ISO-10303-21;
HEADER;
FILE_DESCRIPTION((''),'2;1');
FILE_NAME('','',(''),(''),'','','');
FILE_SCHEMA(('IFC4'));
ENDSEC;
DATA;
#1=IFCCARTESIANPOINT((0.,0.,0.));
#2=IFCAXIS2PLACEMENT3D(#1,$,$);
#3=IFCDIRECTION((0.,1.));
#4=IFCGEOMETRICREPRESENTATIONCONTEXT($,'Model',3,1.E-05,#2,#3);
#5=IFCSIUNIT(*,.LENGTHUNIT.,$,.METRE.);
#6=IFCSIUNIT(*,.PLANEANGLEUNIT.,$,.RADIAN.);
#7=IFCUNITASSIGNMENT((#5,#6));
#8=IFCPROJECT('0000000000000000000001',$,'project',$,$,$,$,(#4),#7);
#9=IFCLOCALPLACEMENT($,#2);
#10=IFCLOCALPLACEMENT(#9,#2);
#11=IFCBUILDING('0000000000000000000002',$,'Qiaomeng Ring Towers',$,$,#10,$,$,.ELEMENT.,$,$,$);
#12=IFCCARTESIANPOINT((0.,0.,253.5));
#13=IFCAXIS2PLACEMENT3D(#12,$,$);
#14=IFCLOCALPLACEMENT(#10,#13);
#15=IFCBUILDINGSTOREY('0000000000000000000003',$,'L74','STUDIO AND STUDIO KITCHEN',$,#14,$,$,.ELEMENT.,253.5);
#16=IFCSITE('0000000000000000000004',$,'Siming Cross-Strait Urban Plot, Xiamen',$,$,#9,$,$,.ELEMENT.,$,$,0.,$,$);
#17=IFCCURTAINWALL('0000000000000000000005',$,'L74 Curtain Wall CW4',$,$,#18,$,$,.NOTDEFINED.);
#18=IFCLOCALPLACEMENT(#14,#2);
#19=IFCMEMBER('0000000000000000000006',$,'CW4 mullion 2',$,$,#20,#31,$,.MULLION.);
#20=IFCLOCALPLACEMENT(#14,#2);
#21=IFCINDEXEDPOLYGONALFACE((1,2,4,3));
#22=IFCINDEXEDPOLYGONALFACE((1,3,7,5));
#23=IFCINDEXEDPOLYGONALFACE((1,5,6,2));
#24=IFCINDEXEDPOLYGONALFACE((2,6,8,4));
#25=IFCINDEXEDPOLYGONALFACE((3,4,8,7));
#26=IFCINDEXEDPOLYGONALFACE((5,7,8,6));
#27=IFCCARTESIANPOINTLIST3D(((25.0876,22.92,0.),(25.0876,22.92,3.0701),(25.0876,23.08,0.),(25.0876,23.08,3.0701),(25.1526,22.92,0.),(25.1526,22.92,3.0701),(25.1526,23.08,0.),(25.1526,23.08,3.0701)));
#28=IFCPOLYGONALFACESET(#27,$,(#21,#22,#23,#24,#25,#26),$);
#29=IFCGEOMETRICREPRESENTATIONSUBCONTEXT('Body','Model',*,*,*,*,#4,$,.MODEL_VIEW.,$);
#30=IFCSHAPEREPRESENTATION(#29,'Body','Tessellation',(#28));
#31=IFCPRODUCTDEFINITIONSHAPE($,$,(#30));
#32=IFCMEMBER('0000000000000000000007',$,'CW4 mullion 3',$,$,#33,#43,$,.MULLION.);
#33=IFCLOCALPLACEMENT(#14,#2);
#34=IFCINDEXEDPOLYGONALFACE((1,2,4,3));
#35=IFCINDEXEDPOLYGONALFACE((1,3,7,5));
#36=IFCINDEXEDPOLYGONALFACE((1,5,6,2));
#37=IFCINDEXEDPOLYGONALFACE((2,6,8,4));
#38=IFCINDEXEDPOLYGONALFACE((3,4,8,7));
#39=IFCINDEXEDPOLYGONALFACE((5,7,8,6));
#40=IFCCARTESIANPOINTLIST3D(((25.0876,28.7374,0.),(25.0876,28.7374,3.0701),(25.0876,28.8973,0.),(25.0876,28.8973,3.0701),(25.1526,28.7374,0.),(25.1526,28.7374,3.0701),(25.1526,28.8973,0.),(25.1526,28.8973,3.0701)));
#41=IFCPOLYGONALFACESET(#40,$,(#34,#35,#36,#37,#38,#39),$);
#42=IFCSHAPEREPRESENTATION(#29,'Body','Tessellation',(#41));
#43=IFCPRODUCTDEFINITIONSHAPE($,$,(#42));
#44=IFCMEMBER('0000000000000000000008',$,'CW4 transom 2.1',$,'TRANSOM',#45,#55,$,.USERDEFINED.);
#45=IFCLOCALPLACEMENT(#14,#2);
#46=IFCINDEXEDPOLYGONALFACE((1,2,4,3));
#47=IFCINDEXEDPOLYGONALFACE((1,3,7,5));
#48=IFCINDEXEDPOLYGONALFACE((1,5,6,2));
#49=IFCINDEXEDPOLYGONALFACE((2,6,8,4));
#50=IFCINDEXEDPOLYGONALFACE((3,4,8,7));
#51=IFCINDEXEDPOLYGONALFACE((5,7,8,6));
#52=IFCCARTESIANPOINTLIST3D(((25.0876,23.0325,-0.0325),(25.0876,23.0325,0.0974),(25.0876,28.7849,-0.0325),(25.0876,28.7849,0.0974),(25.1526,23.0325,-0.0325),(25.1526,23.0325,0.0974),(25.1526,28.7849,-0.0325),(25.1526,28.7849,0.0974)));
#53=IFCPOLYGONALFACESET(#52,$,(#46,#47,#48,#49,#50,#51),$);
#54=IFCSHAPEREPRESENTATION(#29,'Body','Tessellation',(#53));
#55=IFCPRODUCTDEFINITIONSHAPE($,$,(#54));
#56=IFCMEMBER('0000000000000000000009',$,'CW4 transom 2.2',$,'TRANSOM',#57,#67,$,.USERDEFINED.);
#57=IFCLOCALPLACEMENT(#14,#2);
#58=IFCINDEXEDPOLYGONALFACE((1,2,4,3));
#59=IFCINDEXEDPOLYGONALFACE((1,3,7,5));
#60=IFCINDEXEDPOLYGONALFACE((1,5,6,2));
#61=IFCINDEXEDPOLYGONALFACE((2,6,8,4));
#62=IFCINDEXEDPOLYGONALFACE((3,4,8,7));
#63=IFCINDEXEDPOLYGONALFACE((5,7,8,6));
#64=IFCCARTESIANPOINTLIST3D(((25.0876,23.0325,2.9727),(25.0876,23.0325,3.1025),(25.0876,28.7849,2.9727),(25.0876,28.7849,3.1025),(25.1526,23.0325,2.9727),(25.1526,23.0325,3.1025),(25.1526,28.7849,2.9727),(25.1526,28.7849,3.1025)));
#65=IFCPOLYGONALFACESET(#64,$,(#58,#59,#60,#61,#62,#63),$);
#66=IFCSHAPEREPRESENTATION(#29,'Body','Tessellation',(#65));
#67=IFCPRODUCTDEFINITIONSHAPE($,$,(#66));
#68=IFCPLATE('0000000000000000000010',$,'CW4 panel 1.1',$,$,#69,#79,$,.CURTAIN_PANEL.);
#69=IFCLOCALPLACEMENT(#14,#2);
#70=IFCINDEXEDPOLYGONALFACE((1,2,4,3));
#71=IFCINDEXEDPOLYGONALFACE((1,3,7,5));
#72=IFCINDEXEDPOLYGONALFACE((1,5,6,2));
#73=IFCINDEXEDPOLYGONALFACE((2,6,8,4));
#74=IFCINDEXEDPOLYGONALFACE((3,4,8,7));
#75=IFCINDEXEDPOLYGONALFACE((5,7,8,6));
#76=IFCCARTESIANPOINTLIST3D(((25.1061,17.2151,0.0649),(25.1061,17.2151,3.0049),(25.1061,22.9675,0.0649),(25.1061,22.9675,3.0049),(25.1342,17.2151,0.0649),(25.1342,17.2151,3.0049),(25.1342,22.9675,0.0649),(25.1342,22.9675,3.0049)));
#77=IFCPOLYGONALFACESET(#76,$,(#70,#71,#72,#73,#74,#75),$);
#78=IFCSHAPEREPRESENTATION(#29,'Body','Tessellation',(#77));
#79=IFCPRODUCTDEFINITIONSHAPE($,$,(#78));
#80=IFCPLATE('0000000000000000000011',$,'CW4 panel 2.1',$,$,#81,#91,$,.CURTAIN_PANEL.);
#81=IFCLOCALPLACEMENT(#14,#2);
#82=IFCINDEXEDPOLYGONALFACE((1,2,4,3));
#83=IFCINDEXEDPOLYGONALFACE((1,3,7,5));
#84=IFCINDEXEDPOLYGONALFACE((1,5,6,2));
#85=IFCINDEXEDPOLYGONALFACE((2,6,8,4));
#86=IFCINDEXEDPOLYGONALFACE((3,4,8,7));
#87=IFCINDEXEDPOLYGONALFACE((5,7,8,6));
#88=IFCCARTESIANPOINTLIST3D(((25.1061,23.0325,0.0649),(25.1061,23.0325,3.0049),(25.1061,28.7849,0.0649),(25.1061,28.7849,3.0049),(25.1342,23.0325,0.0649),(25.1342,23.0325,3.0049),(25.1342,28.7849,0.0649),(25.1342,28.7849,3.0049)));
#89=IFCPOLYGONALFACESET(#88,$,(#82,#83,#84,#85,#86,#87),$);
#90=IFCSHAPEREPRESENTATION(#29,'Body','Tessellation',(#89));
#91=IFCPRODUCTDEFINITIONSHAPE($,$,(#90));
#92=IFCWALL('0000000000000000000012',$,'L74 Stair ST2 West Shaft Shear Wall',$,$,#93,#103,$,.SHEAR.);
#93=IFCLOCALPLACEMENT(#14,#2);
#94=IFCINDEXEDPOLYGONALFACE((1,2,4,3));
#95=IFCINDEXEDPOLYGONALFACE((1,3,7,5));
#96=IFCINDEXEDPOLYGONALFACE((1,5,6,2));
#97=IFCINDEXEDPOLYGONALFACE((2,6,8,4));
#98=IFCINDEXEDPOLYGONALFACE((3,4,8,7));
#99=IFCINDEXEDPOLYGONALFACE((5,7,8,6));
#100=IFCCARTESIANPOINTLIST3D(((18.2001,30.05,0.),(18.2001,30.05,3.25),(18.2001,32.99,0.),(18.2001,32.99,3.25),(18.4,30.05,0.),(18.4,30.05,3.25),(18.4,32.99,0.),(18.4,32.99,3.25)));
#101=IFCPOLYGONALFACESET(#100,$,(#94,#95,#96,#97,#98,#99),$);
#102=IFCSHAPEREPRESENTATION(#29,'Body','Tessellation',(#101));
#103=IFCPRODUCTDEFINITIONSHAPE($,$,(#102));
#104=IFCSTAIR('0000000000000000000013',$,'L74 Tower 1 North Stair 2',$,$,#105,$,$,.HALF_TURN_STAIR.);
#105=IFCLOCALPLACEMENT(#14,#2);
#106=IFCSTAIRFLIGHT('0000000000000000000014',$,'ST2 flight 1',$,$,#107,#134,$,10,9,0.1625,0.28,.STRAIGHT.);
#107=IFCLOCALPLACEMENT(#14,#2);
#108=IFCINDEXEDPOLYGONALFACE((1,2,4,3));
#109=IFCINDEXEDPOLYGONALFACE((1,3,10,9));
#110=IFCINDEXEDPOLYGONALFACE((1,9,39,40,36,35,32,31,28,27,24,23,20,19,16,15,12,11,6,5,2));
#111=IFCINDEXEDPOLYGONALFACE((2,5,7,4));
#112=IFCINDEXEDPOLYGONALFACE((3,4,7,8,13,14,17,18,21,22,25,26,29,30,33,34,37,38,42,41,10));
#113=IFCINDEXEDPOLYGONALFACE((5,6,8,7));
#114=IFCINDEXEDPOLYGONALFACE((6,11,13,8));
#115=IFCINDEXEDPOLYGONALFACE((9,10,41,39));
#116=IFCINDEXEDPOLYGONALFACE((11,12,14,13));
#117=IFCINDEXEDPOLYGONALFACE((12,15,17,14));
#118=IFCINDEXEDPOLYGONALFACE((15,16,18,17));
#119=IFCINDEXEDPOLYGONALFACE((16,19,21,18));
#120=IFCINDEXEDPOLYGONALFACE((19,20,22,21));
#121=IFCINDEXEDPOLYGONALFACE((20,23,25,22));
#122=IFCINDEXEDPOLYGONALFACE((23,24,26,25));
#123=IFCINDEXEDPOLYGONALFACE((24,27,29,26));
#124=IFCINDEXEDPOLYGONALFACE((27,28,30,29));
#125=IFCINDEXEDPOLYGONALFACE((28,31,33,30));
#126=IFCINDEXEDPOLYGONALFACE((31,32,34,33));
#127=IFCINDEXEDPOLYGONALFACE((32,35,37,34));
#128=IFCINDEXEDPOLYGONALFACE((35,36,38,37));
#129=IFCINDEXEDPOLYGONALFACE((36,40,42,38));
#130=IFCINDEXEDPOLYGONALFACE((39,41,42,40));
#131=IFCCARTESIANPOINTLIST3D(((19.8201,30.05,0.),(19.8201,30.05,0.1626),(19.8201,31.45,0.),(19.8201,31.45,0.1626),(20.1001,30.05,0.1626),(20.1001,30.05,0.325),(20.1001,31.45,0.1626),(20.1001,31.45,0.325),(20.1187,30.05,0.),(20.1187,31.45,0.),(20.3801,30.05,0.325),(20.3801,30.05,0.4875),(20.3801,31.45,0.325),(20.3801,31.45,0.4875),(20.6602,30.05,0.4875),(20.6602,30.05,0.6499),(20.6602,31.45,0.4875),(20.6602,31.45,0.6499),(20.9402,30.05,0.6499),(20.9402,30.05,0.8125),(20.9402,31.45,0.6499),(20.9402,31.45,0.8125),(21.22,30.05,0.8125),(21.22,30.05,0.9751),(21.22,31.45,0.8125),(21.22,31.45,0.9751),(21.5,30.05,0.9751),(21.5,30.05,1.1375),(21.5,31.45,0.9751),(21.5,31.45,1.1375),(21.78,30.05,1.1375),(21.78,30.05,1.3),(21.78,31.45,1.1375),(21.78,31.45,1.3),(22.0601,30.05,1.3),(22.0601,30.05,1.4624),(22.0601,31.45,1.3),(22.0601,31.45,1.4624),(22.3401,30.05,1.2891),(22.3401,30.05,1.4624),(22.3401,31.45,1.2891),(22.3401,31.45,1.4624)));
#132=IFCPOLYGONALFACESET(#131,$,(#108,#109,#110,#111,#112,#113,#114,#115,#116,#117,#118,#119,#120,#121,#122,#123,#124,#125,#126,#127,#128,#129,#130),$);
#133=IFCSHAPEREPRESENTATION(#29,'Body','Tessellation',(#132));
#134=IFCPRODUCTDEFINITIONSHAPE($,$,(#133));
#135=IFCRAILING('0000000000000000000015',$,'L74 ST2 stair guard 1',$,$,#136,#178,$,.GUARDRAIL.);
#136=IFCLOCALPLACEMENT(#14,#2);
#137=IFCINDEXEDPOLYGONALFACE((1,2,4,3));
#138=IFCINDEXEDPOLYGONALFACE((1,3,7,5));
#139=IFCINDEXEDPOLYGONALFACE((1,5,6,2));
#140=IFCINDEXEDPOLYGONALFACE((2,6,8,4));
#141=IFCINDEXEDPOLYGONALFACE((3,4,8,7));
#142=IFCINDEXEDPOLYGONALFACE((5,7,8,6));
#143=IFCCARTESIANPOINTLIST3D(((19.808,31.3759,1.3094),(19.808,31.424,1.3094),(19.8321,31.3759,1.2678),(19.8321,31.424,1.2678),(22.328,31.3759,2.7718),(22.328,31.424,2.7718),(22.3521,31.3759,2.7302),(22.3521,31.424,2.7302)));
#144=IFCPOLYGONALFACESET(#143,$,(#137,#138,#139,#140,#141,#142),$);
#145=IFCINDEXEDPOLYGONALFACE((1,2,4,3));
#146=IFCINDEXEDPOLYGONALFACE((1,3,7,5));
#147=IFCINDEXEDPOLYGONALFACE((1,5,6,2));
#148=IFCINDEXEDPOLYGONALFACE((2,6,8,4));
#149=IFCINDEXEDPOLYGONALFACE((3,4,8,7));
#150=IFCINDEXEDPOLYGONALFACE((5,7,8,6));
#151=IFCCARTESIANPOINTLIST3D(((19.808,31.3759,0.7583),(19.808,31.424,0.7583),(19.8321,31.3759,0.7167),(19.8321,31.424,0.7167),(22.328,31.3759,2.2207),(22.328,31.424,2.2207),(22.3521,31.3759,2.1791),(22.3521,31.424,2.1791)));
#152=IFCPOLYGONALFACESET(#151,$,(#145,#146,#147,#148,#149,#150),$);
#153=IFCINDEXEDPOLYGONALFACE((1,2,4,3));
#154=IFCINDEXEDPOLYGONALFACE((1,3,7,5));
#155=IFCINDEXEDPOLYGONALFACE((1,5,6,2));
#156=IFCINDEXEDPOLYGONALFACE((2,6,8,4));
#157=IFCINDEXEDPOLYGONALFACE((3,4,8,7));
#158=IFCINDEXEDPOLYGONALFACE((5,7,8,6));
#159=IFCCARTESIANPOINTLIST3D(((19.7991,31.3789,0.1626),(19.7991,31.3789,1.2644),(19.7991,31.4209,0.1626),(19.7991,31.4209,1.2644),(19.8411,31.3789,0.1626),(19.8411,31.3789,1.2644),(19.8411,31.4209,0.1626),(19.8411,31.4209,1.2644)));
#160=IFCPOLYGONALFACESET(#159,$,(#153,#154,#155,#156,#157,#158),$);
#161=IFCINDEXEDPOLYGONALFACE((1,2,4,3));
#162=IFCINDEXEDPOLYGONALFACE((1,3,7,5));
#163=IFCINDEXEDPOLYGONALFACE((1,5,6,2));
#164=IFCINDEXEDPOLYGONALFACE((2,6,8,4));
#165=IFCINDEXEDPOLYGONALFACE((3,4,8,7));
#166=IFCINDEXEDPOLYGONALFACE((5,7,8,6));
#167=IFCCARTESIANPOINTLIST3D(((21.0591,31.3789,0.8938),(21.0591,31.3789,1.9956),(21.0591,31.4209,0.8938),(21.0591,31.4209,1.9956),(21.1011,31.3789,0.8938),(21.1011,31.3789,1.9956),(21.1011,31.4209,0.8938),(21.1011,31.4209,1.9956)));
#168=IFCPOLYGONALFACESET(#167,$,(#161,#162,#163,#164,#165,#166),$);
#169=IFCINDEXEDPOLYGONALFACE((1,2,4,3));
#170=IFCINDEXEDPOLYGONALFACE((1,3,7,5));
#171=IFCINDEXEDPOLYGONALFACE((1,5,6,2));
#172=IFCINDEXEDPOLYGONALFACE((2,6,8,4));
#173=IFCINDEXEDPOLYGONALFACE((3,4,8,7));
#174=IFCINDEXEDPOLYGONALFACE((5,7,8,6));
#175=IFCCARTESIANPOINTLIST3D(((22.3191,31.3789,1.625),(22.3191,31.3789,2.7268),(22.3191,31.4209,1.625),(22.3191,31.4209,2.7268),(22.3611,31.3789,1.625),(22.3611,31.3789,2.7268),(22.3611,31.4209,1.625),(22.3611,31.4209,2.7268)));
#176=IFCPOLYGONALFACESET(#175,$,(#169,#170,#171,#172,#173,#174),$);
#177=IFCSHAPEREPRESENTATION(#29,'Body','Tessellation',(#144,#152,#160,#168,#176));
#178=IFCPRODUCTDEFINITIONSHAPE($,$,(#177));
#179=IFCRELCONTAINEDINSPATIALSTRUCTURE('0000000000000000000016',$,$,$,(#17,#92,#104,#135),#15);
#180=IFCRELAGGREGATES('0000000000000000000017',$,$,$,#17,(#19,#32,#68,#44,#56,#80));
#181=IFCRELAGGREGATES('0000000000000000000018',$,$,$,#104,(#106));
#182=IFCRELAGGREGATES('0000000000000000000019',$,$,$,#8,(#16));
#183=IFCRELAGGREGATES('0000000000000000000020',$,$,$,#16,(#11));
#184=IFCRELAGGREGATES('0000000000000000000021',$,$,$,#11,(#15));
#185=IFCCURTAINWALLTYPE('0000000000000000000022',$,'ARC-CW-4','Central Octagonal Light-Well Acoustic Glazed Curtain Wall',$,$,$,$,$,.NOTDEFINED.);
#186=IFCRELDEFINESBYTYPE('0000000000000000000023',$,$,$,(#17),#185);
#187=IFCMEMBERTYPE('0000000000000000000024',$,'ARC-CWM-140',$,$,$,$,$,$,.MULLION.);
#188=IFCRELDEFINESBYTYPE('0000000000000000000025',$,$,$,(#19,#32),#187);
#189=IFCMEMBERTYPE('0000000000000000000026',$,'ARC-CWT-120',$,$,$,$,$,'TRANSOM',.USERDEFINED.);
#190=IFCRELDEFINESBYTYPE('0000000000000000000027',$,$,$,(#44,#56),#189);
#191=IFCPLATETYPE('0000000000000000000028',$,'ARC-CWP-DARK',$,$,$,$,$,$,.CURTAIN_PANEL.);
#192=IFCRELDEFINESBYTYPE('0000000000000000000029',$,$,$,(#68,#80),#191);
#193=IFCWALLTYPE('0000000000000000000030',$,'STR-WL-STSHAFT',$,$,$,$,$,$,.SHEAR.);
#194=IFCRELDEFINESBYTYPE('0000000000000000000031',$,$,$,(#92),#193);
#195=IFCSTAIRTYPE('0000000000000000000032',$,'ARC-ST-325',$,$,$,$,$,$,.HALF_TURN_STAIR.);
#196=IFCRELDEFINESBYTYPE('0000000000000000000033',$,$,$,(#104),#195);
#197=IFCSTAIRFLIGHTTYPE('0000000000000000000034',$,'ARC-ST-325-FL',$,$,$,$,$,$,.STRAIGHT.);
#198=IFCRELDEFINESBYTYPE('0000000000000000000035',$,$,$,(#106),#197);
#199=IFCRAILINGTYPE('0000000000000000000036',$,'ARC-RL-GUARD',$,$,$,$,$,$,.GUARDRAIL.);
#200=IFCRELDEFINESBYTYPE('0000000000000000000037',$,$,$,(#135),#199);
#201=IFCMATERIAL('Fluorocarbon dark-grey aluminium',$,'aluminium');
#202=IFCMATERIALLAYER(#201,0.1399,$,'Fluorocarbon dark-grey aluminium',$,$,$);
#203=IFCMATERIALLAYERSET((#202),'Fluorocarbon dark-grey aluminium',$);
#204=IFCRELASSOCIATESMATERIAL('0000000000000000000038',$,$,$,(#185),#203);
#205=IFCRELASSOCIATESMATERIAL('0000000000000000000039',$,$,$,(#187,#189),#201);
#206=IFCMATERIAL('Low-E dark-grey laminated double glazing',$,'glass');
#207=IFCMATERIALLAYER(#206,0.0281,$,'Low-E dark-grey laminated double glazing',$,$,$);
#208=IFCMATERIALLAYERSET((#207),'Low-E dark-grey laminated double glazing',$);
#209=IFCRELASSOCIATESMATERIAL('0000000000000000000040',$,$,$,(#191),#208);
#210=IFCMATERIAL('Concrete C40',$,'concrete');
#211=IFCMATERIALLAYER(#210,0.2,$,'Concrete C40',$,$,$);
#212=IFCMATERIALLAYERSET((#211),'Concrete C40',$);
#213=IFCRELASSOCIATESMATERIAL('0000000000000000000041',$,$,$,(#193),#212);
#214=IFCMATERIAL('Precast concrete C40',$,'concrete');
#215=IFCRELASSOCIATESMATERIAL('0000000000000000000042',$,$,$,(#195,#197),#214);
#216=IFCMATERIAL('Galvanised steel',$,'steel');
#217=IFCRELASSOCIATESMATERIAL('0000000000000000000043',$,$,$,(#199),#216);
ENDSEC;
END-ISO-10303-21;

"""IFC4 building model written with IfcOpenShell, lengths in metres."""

from ifc_helpers import new_model, si_unit, direction, frame, frame_2d, origin, origin_2d, place, context, subcontext, project, spatial, polyline, rectangle, outline, extrude, source, transform, mapped, material, layer, layer_set, material_profile, profile_set, type_object, element, aggregate, save


model = new_model("IFC4")

# Units and contexts
model_context = context("Model", 3, precision=1e-05, world=origin(), true_north=direction((0.0, 1.0)))
body_context = subcontext(model_context, "Body", "Model", "MODEL_VIEW")
ifc_project = project(units=[si_unit("LENGTHUNIT", "METRE"), si_unit("PLANEANGLEUNIT", "RADIAN")], contexts=[model_context])

# Site, building, storey
site_placement = place(None, origin())
site = spatial("IfcSite", under=ifc_project, at=site_placement, Name="Siming Cross-Strait Urban Plot, Xiamen", CompositionType="ELEMENT", RefElevation=0.0)
building_placement = place(site_placement, origin())
building = spatial("IfcBuilding", under=site, at=building_placement, Name="Qiaomeng Ring Towers", CompositionType="ELEMENT")
storey_placement = place(building_placement, frame((0.0, 0.0, 253.5)))
storey = spatial("IfcBuildingStorey", under=building, at=storey_placement, Name="L74", Description="STUDIO AND STUDIO KITCHEN", CompositionType="ELEMENT", Elevation=253.5)

# Curtain wall, members, plates
ifc_material_1 = material(Name="Fluorocarbon dark-grey aluminium", Category="aluminium")
ifc_layer_1 = layer(ifc_material_1, 0.1399, Name="Fluorocarbon dark-grey aluminium")
ifc_layer_set_1 = layer_set([ifc_layer_1], Name="Fluorocarbon dark-grey aluminium")
curtain_wall_type = type_object("IfcCurtainWallType", Name="ARC-CW-4", Description="Central Octagonal Light-Well Acoustic Glazed Curtain Wall", PredefinedType="NOTDEFINED", material=ifc_layer_set_1)
curtain_wall_placement = place(storey_placement, origin())
curtain_wall = element("IfcCurtainWall", 1, at=curtain_wall_placement, inside=storey, type_object=curtain_wall_type, Name="L74 Curtain Wall CW4", PredefinedType="NOTDEFINED")
ifc_material_profile_1 = material_profile(ifc_material_1, rectangle(XDim=0.0649, YDim=0.1599, at=origin_2d()), Name="ALU MULL 65x160")
ifc_profile_set_1 = profile_set([ifc_material_profile_1], Name="Fluorocarbon dark-grey aluminium")
member_type_1 = type_object("IfcMemberType", Name="ARC-CWM-140", PredefinedType="MULLION", material=ifc_profile_set_1)
shared_shape_1 = source(origin(), body_context, "Body", "SweptSolid", [
    extrude(rectangle(XDim=0.0649, YDim=0.1599, at=origin_2d()), origin(), (0.0, 0.0, 1.0), 3.0701),
])
member_1_placement = place(storey_placement, frame((25.1201, 23.0, 0.0), z_axis=(0.0, 0.0, 1.0), x_axis=(-1.0, 0.0, 0.0)))
member_1 = element("IfcMember", 2, at=member_1_placement, type_object=member_type_1, Name="CW4 mullion 2", PredefinedType="MULLION", context=body_context, shape_type="MappedRepresentation", body=[
    mapped(shared_shape_1, transform((0.0, 0.0, 0.0), x_axis=(1.0, 0.0, 0.0), y_axis=(0.0, 1.0, 0.0), z_axis=(0.0, 0.0, 1.0), scale=1.0)),
])
member_2_placement = place(storey_placement, frame((25.1201, 28.8174, 0.0), z_axis=(0.0, 0.0, 1.0), x_axis=(-1.0, 0.0, 0.0)))
member_2 = element("IfcMember", 3, at=member_2_placement, type_object=member_type_1, Name="CW4 mullion 3", PredefinedType="MULLION", context=body_context, shape_type="MappedRepresentation", body=[
    mapped(shared_shape_1, transform((0.0, 0.0, 0.0), x_axis=(1.0, 0.0, 0.0), y_axis=(0.0, 1.0, 0.0), z_axis=(0.0, 0.0, 1.0), scale=1.0)),
])
ifc_material_profile_2 = material_profile(ifc_material_1, rectangle(XDim=0.0649, YDim=0.1299, at=origin_2d()), Name="ALU TRAN 65x130")
ifc_profile_set_2 = profile_set([ifc_material_profile_2], Name="Fluorocarbon dark-grey aluminium")
member_type_2 = type_object("IfcMemberType", Name="ARC-CWT-120", ElementType="TRANSOM", PredefinedType="USERDEFINED", material=ifc_profile_set_2)
shared_shape_2 = source(origin(), body_context, "Body", "SweptSolid", [
    extrude(rectangle(XDim=0.0649, YDim=0.1299, at=origin_2d()), origin(), (0.0, 0.0, 1.0), 5.7524),
])
member_3_placement = place(storey_placement, frame((25.1201, 23.0325, 0.0325), z_axis=(0.0, 1.0, 0.0), x_axis=(-1.0, 0.0, 0.0)))
member_3 = element("IfcMember", 4, at=member_3_placement, type_object=member_type_2, Name="CW4 transom 2.1", ObjectType="TRANSOM", PredefinedType="USERDEFINED", context=body_context, shape_type="MappedRepresentation", body=[
    mapped(shared_shape_2, transform((0.0, 0.0, 0.0), x_axis=(1.0, 0.0, 0.0), y_axis=(0.0, 1.0, 0.0), z_axis=(0.0, 0.0, 1.0), scale=1.0)),
])
member_4_placement = place(storey_placement, frame((25.1201, 23.0325, 3.0376), z_axis=(0.0, 1.0, 0.0), x_axis=(-1.0, 0.0, 0.0)))
member_4 = element("IfcMember", 5, at=member_4_placement, type_object=member_type_2, Name="CW4 transom 2.2", ObjectType="TRANSOM", PredefinedType="USERDEFINED", context=body_context, shape_type="MappedRepresentation", body=[
    mapped(shared_shape_2, transform((0.0, 0.0, 0.0), x_axis=(1.0, 0.0, 0.0), y_axis=(0.0, 1.0, 0.0), z_axis=(0.0, 0.0, 1.0), scale=1.0)),
])
ifc_material_2 = material(Name="Low-E dark-grey laminated double glazing", Category="glass")
ifc_layer_2 = layer(ifc_material_2, 0.0281, Name="Low-E dark-grey laminated double glazing")
ifc_layer_set_2 = layer_set([ifc_layer_2], Name="Low-E dark-grey laminated double glazing")
plate_type = type_object("IfcPlateType", Name="ARC-CWP-DARK", PredefinedType="CURTAIN_PANEL", material=ifc_layer_set_2)
shared_shape_3 = source(origin(), body_context, "Body", "SweptSolid", [
    extrude(rectangle(XDim=5.7524, YDim=0.0281, at=origin_2d()), origin(), (0.0, 0.0, 1.0), 2.9399),
])
plate_1_placement = place(storey_placement, frame((25.1201, 20.0913, 0.0649), z_axis=(0.0, 0.0, 1.0), x_axis=(0.0, 1.0, 0.0)))
plate_1 = element("IfcPlate", 6, at=plate_1_placement, type_object=plate_type, Name="CW4 panel 1.1", PredefinedType="CURTAIN_PANEL", context=body_context, shape_type="MappedRepresentation", body=[
    mapped(shared_shape_3, transform((0.0, 0.0, 0.0), x_axis=(1.0, 0.0, 0.0), y_axis=(0.0, 1.0, 0.0), z_axis=(0.0, 0.0, 1.0), scale=1.0)),
])
plate_2_placement = place(storey_placement, frame((25.1201, 25.9087, 0.0649), z_axis=(0.0, 0.0, 1.0), x_axis=(0.0, 1.0, 0.0)))
plate_2 = element("IfcPlate", 7, at=plate_2_placement, type_object=plate_type, Name="CW4 panel 2.1", PredefinedType="CURTAIN_PANEL", context=body_context, shape_type="MappedRepresentation", body=[
    mapped(shared_shape_3, transform((0.0, 0.0, 0.0), x_axis=(1.0, 0.0, 0.0), y_axis=(0.0, 1.0, 0.0), z_axis=(0.0, 0.0, 1.0), scale=1.0)),
])
aggregate(curtain_wall, [member_1, member_2, plate_1, member_3, member_4, plate_2])

# Wall
ifc_material_3 = material(Name="Concrete C40", Category="concrete")
ifc_layer_3 = layer(ifc_material_3, 0.2, Name="Concrete C40")
ifc_layer_set_3 = layer_set([ifc_layer_3], Name="Concrete C40")
wall_type = type_object("IfcWallType", Name="STR-WL-STSHAFT", PredefinedType="SHEAR", material=ifc_layer_set_3)
wall_placement = place(storey_placement, frame((18.3, 30.05, 0.0), z_axis=(0.0, 0.0, 1.0), x_axis=(0.0, 1.0, 0.0)))
element("IfcWall", 8, at=wall_placement, inside=storey, type_object=wall_type, Name="L74 Stair ST2 West Shaft Shear Wall", PredefinedType="SHEAR", context=body_context, shape_type="SweptSolid", body=[
    extrude(rectangle(XDim=2.9399, YDim=0.2, at=frame_2d((1.47, 0.0))), origin(), (0.0, 0.0, 1.0), 3.25),
])

# Stair, stair flight
ifc_material_4 = material(Name="Precast concrete C40", Category="concrete")
stair_type = type_object("IfcStairType", Name="ARC-ST-325", PredefinedType="HALF_TURN_STAIR", material=ifc_material_4)
stair_placement = place(storey_placement, origin())
stair = element("IfcStair", 9, at=stair_placement, inside=storey, type_object=stair_type, Name="L74 Tower 1 North Stair 2", PredefinedType="HALF_TURN_STAIR")
stair_flight_type = type_object("IfcStairFlightType", Name="ARC-ST-325-FL", PredefinedType="STRAIGHT", material=ifc_material_4)
shared_shape_4 = source(origin(), body_context, "Body", "SweptSolid", [
    extrude(outline(polyline([(0.0, 0.0), (0.0, 0.1626), (0.28, 0.1626), (0.28, 0.325), (0.5601, 0.325), (0.5601, 0.4875), (0.8401, 0.4875), (0.8401, 0.6499), (1.1201, 0.6499), (1.1201, 0.8125), (1.3999, 0.8125), (1.3999, 0.9751), (1.6799, 0.9751), (1.6799, 1.1375), (1.96, 1.1375), (1.96, 1.3), (2.24, 1.3), (2.24, 1.4624), (2.52, 1.4624), (2.52, 1.625), (2.52, 1.2891), (0.2986, 0.0), (0.0, 0.0)])), frame((0.0, 0.7, 0.0), z_axis=(0.0, -1.0, 0.0), x_axis=(1.0, 0.0, 0.0)), (0.0, 0.0, 1.0), 1.3999),
])
stair_flight_placement = place(storey_placement, frame((19.8201, 30.75, 0.0), z_axis=(0.0, 0.0, 1.0), x_axis=(1.0, 0.0, 0.0)))
stair_flight = element("IfcStairFlight", 10, at=stair_flight_placement, type_object=stair_flight_type, Name="ST2 flight 1", NumberOfRisers=10, NumberOfTreads=9, PredefinedType="STRAIGHT", RiserHeight=0.1625, TreadLength=0.28, context=body_context, shape_type="MappedRepresentation", body=[
    mapped(shared_shape_4, transform((0.0, 0.0, 0.0), x_axis=(1.0, 0.0, 0.0), y_axis=(0.0, 1.0, 0.0), z_axis=(0.0, 0.0, 1.0), scale=1.0)),
])
aggregate(stair, [stair_flight])

# Railing
ifc_material_5 = material(Name="Galvanised steel", Category="steel")
railing_type_1 = type_object("IfcRailingType", Name="ARC-RL-GUARD", PredefinedType="GUARDRAIL", material=ifc_material_5)
railing_1_placement = place(storey_placement, frame((19.8201, 31.3999, 0.1626)))
element("IfcRailing", 11, at=railing_1_placement, inside=storey, type_object=railing_type_1, Name="L74 ST2 stair guard 1", PredefinedType="GUARDRAIL", context=body_context, shape_type="SweptSolid", body=[
    extrude(rectangle(XDim=0.0481, YDim=0.0481, at=origin_2d()), frame((0.0, 0.0, 1.126), z_axis=(0.864913, 0.0, 0.501921), x_axis=(0.0, 1.0, 0.0)), (0.0, 0.0, 1.0), 2.9136),
    extrude(rectangle(XDim=0.0481, YDim=0.0481, at=origin_2d()), frame((0.0, 0.0, 0.575), z_axis=(0.864913, 0.0, 0.501921), x_axis=(0.0, 1.0, 0.0)), (0.0, 0.0, 1.0), 2.9136),
    extrude(rectangle(XDim=0.042, YDim=0.042, at=origin_2d()), origin(), (0.0, 0.0, 1.0), 1.1018),
    extrude(rectangle(XDim=0.042, YDim=0.042, at=origin_2d()), frame((1.26, 0.0, 0.7312)), (0.0, 0.0, 1.0), 1.1018),
    extrude(rectangle(XDim=0.042, YDim=0.042, at=origin_2d()), frame((2.52, 0.0, 1.4624)), (0.0, 0.0, 1.0), 1.1018),
])

save(model, "model.ifc")
